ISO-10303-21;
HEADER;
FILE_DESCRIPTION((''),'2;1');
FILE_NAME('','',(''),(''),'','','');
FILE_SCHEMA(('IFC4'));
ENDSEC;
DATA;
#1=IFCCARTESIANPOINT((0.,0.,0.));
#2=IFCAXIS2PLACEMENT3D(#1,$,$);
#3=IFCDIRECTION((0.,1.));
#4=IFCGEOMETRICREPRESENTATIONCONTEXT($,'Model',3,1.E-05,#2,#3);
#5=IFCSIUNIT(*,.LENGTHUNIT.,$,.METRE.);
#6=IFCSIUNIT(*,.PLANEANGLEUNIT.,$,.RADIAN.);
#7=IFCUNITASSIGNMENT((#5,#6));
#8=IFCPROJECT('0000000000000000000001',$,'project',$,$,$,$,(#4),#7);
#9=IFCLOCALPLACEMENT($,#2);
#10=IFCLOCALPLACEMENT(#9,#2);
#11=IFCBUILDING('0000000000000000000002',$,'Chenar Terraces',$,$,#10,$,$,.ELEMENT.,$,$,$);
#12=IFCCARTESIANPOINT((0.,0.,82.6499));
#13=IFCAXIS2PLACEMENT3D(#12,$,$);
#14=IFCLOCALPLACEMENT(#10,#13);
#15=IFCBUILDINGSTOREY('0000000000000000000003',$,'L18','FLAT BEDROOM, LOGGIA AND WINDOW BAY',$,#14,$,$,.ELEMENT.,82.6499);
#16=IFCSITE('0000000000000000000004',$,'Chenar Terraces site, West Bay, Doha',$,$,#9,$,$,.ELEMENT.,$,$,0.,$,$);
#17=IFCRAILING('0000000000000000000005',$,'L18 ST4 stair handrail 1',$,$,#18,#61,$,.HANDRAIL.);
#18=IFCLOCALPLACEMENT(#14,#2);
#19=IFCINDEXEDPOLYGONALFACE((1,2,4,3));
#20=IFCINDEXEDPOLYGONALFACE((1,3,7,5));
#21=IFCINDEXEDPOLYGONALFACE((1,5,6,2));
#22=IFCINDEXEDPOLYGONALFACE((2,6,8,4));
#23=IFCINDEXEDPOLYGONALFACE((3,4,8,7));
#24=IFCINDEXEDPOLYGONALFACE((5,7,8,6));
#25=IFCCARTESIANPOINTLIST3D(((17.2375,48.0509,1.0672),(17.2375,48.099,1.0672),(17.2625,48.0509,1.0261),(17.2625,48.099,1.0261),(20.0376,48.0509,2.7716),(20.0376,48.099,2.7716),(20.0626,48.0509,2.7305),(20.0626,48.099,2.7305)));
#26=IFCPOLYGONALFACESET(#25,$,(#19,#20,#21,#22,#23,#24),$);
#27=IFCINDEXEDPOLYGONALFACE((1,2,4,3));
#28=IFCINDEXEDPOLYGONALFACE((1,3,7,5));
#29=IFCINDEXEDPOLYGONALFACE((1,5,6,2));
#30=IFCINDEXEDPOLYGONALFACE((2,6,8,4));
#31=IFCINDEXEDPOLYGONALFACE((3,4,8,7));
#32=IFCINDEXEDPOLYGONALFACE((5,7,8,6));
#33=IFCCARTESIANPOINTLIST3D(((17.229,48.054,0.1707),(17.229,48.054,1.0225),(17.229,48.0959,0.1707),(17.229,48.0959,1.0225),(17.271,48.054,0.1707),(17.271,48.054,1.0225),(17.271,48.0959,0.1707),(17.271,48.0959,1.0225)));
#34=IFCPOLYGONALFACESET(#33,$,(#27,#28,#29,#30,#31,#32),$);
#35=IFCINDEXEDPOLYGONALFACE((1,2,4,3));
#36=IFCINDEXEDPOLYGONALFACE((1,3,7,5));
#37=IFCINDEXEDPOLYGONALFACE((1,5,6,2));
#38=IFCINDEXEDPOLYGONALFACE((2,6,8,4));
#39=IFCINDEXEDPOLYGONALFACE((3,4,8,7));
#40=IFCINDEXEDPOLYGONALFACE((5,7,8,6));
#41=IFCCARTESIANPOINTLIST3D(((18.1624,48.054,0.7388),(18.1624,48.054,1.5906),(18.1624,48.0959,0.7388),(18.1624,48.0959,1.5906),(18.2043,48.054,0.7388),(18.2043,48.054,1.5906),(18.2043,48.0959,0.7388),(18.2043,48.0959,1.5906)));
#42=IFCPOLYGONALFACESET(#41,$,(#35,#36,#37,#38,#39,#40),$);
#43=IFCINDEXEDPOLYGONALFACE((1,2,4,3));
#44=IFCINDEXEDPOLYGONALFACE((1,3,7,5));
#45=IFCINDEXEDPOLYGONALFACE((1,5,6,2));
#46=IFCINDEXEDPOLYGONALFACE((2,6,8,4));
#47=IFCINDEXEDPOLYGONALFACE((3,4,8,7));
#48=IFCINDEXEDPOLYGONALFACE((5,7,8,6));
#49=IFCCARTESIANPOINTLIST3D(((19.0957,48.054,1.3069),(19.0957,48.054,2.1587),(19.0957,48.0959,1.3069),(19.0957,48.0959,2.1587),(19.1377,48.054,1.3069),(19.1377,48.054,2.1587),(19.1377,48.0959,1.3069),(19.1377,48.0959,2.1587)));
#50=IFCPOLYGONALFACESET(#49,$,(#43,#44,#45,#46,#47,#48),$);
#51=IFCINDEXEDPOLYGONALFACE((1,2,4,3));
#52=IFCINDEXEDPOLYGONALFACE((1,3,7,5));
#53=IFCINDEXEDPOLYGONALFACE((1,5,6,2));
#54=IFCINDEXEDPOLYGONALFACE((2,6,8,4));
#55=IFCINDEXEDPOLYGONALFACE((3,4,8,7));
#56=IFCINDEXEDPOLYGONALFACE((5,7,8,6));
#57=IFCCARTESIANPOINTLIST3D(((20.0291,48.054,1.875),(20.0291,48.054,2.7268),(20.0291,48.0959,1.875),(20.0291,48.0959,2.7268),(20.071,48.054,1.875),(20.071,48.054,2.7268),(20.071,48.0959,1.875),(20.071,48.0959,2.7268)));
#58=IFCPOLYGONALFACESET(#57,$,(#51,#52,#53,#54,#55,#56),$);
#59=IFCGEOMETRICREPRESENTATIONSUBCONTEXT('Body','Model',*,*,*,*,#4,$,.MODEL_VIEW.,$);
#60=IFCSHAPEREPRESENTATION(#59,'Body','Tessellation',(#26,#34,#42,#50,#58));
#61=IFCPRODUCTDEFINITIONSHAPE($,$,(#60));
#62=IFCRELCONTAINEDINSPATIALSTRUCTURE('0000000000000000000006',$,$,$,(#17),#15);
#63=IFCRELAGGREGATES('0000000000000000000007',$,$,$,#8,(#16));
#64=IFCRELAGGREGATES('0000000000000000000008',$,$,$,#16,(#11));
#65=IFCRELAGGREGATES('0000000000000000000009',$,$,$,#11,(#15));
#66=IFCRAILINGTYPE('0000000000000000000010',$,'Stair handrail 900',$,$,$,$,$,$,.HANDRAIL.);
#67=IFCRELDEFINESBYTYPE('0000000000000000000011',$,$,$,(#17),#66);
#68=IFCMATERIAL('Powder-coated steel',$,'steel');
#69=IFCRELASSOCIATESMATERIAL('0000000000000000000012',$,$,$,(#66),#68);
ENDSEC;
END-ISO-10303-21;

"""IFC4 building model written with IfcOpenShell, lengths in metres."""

from ifc_helpers import new_model, si_unit, direction, frame, origin, origin_2d, place, context, subcontext, project, spatial, rectangle, extrude, material, type_object, element, save


model = new_model("IFC4")

# Units and contexts
model_context = context("Model", 3, precision=1e-05, world=origin(), true_north=direction((0.0, 1.0)))
body_context = subcontext(model_context, "Body", "Model", "MODEL_VIEW")
ifc_project = project(units=[si_unit("LENGTHUNIT", "METRE"), si_unit("PLANEANGLEUNIT", "RADIAN")], contexts=[model_context])

# Site, building, storey
site_placement = place(None, origin())
site = spatial("IfcSite", under=ifc_project, at=site_placement, Name="Chenar Terraces site, West Bay, Doha", CompositionType="ELEMENT", RefElevation=0.0)
building_placement = place(site_placement, origin())
building = spatial("IfcBuilding", under=site, at=building_placement, Name="Chenar Terraces", CompositionType="ELEMENT")
storey_placement = place(building_placement, frame((0.0, 0.0, 82.6499)))
storey = spatial("IfcBuildingStorey", under=building, at=storey_placement, Name="L18", Description="FLAT BEDROOM, LOGGIA AND WINDOW BAY", CompositionType="ELEMENT", Elevation=82.6499)

# Railing
ifc_material_1 = material(Name="Powder-coated steel", Category="steel")
railing_type_1 = type_object("IfcRailingType", Name="Stair handrail 900", PredefinedType="HANDRAIL", material=ifc_material_1)
railing_1_placement = place(storey_placement, frame((17.25, 48.075, 0.1707)))
element("IfcRailing", 1, at=railing_1_placement, inside=storey, type_object=railing_type_1, Name="L18 ST4 stair handrail 1", PredefinedType="HANDRAIL", context=body_context, shape_type="SweptSolid", body=[
    extrude(rectangle(XDim=0.0481, YDim=0.0481, at=origin_2d()), frame((0.0, 0.0, 0.876), z_axis=(0.854203, 0.0, 0.51994), x_axis=(0.0, 1.0, 0.0)), (0.0, 0.0, 1.0), 3.2781),
    extrude(rectangle(XDim=0.042, YDim=0.042, at=origin_2d()), origin(), (0.0, 0.0, 1.0), 0.8518),
    extrude(rectangle(XDim=0.042, YDim=0.042, at=origin_2d()), frame((0.9333, 0.0, 0.5681)), (0.0, 0.0, 1.0), 0.8518),
    extrude(rectangle(XDim=0.042, YDim=0.042, at=origin_2d()), frame((1.8667, 0.0, 1.1362)), (0.0, 0.0, 1.0), 0.8518),
    extrude(rectangle(XDim=0.042, YDim=0.042, at=origin_2d()), frame((2.8, 0.0, 1.7043)), (0.0, 0.0, 1.0), 0.8518),
])

save(model, "model.ifc")
